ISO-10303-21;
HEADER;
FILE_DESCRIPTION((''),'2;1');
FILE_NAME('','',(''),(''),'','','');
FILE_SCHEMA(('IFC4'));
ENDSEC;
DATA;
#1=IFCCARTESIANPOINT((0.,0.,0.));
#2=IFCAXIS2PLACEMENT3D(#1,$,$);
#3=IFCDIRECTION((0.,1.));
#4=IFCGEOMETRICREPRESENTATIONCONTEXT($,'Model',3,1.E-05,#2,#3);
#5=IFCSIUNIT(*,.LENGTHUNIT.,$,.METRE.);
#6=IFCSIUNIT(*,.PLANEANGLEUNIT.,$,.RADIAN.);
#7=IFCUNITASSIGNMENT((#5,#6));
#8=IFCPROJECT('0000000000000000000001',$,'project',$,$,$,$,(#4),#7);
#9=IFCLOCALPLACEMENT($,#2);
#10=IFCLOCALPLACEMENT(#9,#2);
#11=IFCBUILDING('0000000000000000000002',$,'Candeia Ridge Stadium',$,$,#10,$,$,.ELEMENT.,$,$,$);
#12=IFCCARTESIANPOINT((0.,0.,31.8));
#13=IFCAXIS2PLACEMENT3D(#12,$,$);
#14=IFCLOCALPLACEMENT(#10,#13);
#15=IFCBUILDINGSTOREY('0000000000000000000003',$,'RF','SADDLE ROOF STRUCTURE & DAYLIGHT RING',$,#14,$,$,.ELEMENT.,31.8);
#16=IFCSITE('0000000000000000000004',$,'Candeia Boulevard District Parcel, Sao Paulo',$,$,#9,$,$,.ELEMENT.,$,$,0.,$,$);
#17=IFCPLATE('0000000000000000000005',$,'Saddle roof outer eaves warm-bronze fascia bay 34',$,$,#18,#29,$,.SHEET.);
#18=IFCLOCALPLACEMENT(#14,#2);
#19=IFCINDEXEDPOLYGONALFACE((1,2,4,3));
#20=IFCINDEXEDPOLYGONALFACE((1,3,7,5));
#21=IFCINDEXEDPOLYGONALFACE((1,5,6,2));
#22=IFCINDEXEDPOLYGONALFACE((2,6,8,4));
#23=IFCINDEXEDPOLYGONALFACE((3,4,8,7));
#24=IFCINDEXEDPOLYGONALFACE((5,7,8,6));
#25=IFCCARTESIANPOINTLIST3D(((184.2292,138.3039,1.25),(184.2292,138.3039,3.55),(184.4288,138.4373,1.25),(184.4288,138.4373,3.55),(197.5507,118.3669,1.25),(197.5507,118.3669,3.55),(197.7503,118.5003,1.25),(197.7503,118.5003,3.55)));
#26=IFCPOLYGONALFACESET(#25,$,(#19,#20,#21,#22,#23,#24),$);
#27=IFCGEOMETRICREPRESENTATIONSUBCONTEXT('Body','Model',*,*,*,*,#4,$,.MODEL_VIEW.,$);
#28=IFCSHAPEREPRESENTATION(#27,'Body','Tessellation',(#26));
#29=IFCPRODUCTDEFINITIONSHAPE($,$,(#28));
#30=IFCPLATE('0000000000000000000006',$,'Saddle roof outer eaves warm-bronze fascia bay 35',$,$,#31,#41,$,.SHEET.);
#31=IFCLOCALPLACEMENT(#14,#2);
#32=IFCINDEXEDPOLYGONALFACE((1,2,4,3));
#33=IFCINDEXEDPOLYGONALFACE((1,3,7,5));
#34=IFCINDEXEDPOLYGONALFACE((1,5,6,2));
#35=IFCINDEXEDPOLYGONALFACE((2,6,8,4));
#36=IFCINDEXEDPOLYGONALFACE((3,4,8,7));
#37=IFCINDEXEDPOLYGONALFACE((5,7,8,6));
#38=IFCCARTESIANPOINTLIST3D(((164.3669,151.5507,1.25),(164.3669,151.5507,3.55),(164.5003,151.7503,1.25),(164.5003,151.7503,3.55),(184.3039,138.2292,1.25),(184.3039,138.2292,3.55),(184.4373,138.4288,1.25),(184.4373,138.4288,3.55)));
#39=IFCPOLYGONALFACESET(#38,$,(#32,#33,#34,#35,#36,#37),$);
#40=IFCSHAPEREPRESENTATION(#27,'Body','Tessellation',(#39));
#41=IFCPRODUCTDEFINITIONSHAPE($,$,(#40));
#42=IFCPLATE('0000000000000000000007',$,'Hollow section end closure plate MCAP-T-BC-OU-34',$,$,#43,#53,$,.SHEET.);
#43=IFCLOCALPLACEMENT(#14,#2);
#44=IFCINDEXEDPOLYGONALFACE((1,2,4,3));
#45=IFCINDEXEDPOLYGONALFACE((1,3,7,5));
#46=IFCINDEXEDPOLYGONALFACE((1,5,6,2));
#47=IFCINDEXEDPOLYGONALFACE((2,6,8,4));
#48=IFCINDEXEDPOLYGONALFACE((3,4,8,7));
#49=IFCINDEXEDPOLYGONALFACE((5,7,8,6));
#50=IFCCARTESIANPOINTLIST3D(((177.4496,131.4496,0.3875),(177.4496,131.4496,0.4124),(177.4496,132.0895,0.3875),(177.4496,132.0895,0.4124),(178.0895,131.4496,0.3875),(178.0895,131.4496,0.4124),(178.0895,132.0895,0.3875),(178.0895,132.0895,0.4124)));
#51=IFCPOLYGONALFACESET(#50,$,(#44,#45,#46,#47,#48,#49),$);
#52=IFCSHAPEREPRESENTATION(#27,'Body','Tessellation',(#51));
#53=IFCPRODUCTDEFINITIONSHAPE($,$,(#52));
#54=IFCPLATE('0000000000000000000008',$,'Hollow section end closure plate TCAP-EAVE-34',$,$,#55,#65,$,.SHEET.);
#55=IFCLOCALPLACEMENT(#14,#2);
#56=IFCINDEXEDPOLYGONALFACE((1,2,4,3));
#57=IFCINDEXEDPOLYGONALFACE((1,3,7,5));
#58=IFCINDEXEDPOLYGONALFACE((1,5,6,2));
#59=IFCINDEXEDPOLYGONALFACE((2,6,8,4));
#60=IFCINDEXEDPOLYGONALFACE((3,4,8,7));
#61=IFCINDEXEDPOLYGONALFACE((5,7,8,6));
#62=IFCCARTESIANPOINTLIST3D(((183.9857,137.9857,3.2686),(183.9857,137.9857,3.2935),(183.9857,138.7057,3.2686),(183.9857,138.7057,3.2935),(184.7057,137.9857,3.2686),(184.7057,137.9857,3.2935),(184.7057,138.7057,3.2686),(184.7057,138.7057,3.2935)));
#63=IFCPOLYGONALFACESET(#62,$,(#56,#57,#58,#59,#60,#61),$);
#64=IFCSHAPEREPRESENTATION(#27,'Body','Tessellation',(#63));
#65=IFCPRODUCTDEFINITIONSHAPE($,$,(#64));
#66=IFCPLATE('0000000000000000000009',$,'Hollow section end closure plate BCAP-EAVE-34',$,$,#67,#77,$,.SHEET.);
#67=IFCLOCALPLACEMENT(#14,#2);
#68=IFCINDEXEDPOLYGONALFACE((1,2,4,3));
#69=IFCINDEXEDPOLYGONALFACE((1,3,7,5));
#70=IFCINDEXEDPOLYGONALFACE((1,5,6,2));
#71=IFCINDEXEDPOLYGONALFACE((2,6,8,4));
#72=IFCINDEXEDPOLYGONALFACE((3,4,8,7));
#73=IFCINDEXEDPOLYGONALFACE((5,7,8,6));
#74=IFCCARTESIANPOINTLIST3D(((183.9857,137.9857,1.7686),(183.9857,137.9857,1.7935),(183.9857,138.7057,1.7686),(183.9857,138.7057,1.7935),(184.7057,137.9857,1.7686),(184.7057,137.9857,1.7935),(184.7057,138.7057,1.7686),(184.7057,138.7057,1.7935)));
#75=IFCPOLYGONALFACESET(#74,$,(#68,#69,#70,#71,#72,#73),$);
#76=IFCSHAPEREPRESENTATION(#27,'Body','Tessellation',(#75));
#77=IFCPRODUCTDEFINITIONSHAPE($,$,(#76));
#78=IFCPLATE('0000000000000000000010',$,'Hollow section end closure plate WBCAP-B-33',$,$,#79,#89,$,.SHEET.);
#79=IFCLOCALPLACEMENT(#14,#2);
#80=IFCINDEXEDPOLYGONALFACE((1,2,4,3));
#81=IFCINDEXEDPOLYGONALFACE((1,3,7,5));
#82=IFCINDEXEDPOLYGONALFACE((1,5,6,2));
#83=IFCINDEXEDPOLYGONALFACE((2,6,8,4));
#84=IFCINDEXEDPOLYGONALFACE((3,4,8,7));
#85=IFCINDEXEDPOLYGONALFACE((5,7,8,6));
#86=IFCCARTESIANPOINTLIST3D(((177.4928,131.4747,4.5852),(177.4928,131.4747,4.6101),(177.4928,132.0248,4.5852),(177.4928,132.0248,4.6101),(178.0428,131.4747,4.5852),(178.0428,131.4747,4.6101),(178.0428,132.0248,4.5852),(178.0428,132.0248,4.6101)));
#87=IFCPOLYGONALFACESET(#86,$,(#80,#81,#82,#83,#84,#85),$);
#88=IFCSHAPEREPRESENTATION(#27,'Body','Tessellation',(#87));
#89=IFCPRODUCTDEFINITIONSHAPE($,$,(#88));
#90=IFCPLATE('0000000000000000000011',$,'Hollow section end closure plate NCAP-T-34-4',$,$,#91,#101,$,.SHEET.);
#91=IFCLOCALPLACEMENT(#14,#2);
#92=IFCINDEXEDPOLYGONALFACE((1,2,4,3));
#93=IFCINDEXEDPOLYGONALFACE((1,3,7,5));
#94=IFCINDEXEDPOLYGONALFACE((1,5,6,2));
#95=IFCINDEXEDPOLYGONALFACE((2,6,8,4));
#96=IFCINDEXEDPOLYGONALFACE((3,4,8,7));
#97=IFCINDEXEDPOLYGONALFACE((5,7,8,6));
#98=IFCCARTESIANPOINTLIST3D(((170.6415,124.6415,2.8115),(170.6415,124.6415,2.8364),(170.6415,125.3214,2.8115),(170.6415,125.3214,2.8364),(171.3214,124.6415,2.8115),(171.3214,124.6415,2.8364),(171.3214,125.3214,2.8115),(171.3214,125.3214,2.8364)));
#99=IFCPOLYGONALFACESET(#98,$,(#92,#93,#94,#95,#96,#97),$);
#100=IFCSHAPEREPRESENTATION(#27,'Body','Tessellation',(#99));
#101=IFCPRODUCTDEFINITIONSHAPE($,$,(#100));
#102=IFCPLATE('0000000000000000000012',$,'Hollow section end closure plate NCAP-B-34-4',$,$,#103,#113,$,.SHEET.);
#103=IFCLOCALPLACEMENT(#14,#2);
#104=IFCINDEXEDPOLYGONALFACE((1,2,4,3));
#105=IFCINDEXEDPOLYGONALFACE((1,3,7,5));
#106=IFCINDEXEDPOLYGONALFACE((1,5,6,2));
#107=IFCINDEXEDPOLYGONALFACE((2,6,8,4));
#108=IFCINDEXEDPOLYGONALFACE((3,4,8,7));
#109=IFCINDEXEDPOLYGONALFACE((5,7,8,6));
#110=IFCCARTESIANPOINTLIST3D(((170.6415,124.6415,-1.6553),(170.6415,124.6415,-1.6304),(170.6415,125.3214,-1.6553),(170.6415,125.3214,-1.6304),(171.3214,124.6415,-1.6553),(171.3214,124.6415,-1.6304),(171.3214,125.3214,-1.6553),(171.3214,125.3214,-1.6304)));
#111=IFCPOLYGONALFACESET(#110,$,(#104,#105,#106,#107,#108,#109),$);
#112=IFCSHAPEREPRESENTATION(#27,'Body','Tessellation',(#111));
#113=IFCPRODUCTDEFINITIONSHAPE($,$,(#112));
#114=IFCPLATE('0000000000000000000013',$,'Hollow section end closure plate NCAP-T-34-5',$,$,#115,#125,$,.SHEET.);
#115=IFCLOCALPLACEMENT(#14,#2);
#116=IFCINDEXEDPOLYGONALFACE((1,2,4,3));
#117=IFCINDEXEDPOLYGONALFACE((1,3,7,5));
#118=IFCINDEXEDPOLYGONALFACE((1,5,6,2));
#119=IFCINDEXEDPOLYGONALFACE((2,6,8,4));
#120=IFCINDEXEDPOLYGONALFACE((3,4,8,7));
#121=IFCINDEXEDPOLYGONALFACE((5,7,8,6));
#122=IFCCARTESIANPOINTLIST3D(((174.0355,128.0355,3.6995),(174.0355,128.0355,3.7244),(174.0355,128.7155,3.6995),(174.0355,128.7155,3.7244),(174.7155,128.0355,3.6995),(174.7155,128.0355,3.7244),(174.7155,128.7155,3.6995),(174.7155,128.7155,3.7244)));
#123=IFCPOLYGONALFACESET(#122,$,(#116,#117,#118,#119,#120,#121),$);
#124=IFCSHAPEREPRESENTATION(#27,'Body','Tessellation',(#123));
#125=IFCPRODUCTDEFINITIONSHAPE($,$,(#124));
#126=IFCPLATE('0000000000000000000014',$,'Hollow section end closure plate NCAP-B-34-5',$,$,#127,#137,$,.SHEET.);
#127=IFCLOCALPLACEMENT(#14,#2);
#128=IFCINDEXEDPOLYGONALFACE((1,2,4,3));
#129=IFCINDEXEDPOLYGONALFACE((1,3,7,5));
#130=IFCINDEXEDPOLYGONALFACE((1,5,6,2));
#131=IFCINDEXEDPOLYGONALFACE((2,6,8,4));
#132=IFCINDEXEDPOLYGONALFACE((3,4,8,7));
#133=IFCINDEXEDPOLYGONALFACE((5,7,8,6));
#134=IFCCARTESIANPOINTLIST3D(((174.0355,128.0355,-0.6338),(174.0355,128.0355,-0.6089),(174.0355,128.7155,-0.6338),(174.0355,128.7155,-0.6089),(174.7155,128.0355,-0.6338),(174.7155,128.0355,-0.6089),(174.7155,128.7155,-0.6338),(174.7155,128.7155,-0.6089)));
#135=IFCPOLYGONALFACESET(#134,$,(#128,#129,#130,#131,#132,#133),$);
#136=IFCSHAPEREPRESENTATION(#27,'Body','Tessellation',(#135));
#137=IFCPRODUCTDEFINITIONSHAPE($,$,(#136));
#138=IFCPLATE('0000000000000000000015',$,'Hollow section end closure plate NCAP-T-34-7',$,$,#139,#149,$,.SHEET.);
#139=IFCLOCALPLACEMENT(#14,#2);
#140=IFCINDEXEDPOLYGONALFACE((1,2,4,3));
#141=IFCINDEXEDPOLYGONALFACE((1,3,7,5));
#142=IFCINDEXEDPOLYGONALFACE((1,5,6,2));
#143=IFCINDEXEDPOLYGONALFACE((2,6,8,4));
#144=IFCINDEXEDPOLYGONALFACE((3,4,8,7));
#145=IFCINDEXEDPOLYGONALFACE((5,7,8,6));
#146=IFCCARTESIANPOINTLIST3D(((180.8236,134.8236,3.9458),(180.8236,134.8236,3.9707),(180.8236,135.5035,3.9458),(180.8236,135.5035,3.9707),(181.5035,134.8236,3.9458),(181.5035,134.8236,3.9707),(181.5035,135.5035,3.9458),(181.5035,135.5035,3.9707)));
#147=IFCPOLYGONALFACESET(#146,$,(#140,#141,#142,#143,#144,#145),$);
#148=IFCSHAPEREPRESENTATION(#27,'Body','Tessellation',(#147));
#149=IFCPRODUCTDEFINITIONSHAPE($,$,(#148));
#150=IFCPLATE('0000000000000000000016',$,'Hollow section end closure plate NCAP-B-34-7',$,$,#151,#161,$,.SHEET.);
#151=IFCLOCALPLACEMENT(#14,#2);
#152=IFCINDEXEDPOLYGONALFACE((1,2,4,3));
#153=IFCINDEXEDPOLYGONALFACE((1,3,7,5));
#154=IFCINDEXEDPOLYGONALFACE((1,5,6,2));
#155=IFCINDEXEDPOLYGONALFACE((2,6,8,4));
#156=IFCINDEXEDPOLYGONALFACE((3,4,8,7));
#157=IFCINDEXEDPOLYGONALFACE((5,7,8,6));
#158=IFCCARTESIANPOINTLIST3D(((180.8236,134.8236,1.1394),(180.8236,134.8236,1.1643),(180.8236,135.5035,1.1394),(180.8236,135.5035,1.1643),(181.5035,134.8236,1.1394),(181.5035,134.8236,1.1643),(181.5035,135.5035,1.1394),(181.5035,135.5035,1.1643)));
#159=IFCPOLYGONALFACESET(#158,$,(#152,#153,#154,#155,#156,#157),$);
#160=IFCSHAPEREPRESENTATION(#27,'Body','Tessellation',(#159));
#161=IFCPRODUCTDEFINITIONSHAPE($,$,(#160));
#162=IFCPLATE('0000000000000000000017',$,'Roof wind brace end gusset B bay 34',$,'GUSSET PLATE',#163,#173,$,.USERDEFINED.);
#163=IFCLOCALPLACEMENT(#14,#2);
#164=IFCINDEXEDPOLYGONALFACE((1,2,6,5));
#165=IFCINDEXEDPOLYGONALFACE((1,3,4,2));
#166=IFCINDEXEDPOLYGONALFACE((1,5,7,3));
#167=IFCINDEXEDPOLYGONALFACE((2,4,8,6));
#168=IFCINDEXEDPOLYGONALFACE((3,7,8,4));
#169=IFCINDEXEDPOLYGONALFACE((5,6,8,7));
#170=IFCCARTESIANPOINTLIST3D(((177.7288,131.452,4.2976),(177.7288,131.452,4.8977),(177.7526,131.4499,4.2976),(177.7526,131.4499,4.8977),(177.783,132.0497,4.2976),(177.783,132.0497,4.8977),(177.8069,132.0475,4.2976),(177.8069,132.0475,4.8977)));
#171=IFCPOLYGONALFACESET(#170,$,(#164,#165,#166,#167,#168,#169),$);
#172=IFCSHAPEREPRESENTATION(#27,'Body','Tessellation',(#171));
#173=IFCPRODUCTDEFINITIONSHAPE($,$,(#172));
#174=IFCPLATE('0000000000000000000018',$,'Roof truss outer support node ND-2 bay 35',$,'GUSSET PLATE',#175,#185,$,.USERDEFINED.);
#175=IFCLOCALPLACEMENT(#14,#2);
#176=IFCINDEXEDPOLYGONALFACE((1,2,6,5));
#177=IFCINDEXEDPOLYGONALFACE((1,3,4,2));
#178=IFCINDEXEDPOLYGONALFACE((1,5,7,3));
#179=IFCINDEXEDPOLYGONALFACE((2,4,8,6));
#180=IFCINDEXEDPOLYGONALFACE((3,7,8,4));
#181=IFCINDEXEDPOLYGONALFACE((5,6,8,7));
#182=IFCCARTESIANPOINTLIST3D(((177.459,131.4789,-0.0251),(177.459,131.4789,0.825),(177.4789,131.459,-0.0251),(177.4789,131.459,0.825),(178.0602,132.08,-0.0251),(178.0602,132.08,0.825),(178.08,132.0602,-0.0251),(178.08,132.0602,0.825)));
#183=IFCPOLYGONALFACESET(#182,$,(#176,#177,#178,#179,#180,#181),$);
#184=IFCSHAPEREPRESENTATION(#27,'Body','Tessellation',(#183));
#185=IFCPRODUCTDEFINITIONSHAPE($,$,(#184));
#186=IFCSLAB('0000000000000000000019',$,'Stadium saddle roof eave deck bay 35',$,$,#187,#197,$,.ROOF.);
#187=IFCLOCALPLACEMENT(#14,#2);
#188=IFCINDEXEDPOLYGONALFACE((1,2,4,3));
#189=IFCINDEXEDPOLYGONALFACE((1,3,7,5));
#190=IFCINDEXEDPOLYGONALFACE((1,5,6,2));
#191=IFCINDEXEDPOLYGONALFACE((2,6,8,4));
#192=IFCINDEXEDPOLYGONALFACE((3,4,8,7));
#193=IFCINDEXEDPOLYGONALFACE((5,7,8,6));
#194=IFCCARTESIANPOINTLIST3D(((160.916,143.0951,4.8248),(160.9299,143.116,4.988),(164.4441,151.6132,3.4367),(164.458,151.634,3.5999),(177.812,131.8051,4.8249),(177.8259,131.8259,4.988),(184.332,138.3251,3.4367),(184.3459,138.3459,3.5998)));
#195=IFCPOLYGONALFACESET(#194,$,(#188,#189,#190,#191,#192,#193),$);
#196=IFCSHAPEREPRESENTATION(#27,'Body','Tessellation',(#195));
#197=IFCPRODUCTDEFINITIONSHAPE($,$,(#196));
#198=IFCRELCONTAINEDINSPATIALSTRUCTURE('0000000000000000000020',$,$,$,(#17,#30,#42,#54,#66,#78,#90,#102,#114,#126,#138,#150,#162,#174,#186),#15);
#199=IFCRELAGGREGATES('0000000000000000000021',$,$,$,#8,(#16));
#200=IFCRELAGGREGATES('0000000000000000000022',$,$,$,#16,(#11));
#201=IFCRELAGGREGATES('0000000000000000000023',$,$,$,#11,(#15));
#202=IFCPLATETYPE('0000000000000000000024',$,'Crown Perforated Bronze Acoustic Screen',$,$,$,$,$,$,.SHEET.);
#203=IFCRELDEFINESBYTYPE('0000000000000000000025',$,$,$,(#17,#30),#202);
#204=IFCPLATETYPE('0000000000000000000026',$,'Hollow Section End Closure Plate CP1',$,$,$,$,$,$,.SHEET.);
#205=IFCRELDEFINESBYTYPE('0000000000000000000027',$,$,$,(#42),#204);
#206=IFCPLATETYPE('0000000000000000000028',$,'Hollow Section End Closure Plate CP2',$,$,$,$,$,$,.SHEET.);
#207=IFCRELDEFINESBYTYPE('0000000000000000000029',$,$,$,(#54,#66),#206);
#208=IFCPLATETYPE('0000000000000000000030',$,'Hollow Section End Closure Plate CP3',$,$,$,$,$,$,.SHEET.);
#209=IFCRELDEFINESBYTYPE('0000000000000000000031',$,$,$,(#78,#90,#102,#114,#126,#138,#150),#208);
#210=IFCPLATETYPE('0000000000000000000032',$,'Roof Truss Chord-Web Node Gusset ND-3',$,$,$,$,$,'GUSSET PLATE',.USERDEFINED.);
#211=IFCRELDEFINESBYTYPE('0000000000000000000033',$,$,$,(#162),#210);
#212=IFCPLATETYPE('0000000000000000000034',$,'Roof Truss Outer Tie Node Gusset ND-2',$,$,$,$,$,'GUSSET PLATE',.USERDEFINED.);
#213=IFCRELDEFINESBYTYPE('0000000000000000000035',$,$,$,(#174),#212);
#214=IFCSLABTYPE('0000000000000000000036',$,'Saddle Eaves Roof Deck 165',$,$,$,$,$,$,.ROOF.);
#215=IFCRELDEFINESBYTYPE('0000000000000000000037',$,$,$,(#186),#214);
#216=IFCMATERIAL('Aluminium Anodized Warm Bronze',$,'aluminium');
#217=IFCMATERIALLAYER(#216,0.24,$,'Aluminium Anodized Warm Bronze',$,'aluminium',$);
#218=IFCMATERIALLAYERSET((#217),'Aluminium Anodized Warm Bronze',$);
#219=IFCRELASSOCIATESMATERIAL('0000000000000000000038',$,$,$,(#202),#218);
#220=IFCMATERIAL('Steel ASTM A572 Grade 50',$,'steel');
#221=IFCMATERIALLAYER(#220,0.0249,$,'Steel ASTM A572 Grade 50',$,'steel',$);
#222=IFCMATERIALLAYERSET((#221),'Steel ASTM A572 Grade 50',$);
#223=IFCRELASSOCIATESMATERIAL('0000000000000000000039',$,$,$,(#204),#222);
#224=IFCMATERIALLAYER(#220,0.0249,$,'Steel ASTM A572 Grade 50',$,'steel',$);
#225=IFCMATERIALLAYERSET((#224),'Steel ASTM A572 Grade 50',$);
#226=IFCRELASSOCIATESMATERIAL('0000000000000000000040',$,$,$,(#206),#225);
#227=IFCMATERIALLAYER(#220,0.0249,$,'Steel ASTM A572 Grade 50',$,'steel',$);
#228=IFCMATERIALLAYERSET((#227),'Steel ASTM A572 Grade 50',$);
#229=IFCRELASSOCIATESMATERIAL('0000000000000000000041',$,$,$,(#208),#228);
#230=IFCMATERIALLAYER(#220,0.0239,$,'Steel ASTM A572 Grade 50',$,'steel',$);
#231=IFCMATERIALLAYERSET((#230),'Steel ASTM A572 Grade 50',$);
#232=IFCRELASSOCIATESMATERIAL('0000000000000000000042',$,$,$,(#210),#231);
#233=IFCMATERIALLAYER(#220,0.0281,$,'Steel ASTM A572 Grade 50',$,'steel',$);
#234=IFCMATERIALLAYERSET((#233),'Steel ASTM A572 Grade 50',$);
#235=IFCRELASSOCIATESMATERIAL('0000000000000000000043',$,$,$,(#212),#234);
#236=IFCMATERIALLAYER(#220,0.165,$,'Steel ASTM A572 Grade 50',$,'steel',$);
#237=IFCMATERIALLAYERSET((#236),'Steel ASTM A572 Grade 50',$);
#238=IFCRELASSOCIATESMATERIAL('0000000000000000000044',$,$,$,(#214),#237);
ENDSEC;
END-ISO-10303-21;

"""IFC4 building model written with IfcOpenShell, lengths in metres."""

from ifc_helpers import new_model, si_unit, direction, frame, origin, origin_2d, place, context, subcontext, project, spatial, polyline, rectangle, outline, extrude, material, layer, layer_set, type_object, element, save


model = new_model("IFC4")

# Units and contexts
model_context = context("Model", 3, precision=1e-05, world=origin(), true_north=direction((0.0, 1.0)))
body_context = subcontext(model_context, "Body", "Model", "MODEL_VIEW")
ifc_project = project(units=[si_unit("LENGTHUNIT", "METRE"), si_unit("PLANEANGLEUNIT", "RADIAN")], contexts=[model_context])

# Site, building, storey
site_placement = place(None, origin())
site = spatial("IfcSite", under=ifc_project, at=site_placement, Name="Candeia Boulevard District Parcel, Sao Paulo", CompositionType="ELEMENT", RefElevation=0.0)
building_placement = place(site_placement, origin())
building = spatial("IfcBuilding", under=site, at=building_placement, Name="Candeia Ridge Stadium", CompositionType="ELEMENT")
storey_placement = place(building_placement, frame((0.0, 0.0, 31.8)))
storey = spatial("IfcBuildingStorey", under=building, at=storey_placement, Name="RF", Description="SADDLE ROOF STRUCTURE & DAYLIGHT RING", CompositionType="ELEMENT", Elevation=31.8)

# Shared definitions
ifc_material_1 = material(Name="Steel ASTM A572 Grade 50", Category="steel")

# Plates
ifc_material_2 = material(Name="Aluminium Anodized Warm Bronze", Category="aluminium")
ifc_layer_1 = layer(ifc_material_2, 0.24, Name="Aluminium Anodized Warm Bronze", Category="aluminium")
ifc_layer_set_1 = layer_set([ifc_layer_1], Name="Aluminium Anodized Warm Bronze")
plate_type_1 = type_object("IfcPlateType", Name="Crown Perforated Bronze Acoustic Screen", PredefinedType="SHEET", material=ifc_layer_set_1)
for number, where, z_axis, x_axis, name in (
    (1, (190.9897, 128.4021, 1.25), (0.0, 0.0, 1.0), (-0.55557, 0.83147, 0.0), "Saddle roof outer eaves warm-bronze fascia bay 34"),
    (2, (174.4021, 144.9897, 1.25), (0.0, 0.0, 1.0), (-0.83147, 0.55557, 0.0), "Saddle roof outer eaves warm-bronze fascia bay 35"),
):
    element("IfcPlate", number, at=place(storey_placement, frame(where, z_axis=z_axis, x_axis=x_axis)), inside=storey, type_object=plate_type_1, Name=name, PredefinedType="SHEET", context=body_context, shape_type="SweptSolid", body=[
        extrude(rectangle(XDim=23.978, YDim=0.24, at=origin_2d()), origin(), (0.0, 0.0, 1.0), 2.3),
    ])
ifc_layer_2 = layer(ifc_material_1, 0.0249, Name="Steel ASTM A572 Grade 50", Category="steel")
ifc_layer_set_2 = layer_set([ifc_layer_2], Name="Steel ASTM A572 Grade 50")
plate_type_2 = type_object("IfcPlateType", Name="Hollow Section End Closure Plate CP1", PredefinedType="SHEET", material=ifc_layer_set_2)
plate_1_placement = place(storey_placement, frame((177.7695, 131.7695, 0.3875), z_axis=(0.0, 0.0, 1.0), x_axis=(1.0, 0.0, 0.0)))
element("IfcPlate", 3, at=plate_1_placement, inside=storey, type_object=plate_type_2, Name="Hollow section end closure plate MCAP-T-BC-OU-34", PredefinedType="SHEET", context=body_context, shape_type="SweptSolid", body=[
    extrude(rectangle(XDim=0.6399, YDim=0.6399, at=origin_2d()), origin(), (0.0, 0.0, 1.0), 0.0249),
])
ifc_layer_3 = layer(ifc_material_1, 0.0249, Name="Steel ASTM A572 Grade 50", Category="steel")
ifc_layer_set_3 = layer_set([ifc_layer_3], Name="Steel ASTM A572 Grade 50")
plate_type_3 = type_object("IfcPlateType", Name="Hollow Section End Closure Plate CP2", PredefinedType="SHEET", material=ifc_layer_set_3)
for number, where, z_axis, x_axis, name in (
    (4, (184.3457, 138.3457, 3.2686), (0.0, 0.0, 1.0), (1.0, 0.0, 0.0), "Hollow section end closure plate TCAP-EAVE-34"),
    (5, (184.3457, 138.3457, 1.7686), (0.0, 0.0, 1.0), (1.0, 0.0, 0.0), "Hollow section end closure plate BCAP-EAVE-34"),
):
    element("IfcPlate", number, at=place(storey_placement, frame(where, z_axis=z_axis, x_axis=x_axis)), inside=storey, type_object=plate_type_3, Name=name, PredefinedType="SHEET", context=body_context, shape_type="SweptSolid", body=[
        extrude(rectangle(XDim=0.72, YDim=0.72, at=origin_2d()), origin(), (0.0, 0.0, 1.0), 0.0249),
    ])
ifc_layer_4 = layer(ifc_material_1, 0.0249, Name="Steel ASTM A572 Grade 50", Category="steel")
ifc_layer_set_4 = layer_set([ifc_layer_4], Name="Steel ASTM A572 Grade 50")
plate_type_4 = type_object("IfcPlateType", Name="Hollow Section End Closure Plate CP3", PredefinedType="SHEET", material=ifc_layer_set_4)
plate_2_placement = place(storey_placement, frame((177.7678, 131.7498, 4.5852), z_axis=(0.0, 0.0, 1.0), x_axis=(1.0, 0.0, 0.0)))
element("IfcPlate", 6, at=plate_2_placement, inside=storey, type_object=plate_type_4, Name="Hollow section end closure plate WBCAP-B-33", PredefinedType="SHEET", context=body_context, shape_type="SweptSolid", body=[
    extrude(rectangle(XDim=0.55, YDim=0.55, at=origin_2d()), origin(), (0.0, 0.0, 1.0), 0.0249),
])
for number, where, z_axis, x_axis, name in (
    (7, (170.9814, 124.9814, 2.8115), (0.0, 0.0, 1.0), (1.0, 0.0, 0.0), "Hollow section end closure plate NCAP-T-34-4"),
    (8, (170.9814, 124.9814, -1.6553), (0.0, 0.0, 1.0), (1.0, 0.0, 0.0), "Hollow section end closure plate NCAP-B-34-4"),
    (9, (174.3755, 128.3755, 3.6995), (0.0, 0.0, 1.0), (1.0, 0.0, 0.0), "Hollow section end closure plate NCAP-T-34-5"),
    (10, (174.3755, 128.3755, -0.6338), (0.0, 0.0, 1.0), (1.0, 0.0, 0.0), "Hollow section end closure plate NCAP-B-34-5"),
    (11, (181.1636, 135.1636, 3.9458), (0.0, 0.0, 1.0), (1.0, 0.0, 0.0), "Hollow section end closure plate NCAP-T-34-7"),
    (12, (181.1636, 135.1636, 1.1394), (0.0, 0.0, 1.0), (1.0, 0.0, 0.0), "Hollow section end closure plate NCAP-B-34-7"),
):
    element("IfcPlate", number, at=place(storey_placement, frame(where, z_axis=z_axis, x_axis=x_axis)), inside=storey, type_object=plate_type_4, Name=name, PredefinedType="SHEET", context=body_context, shape_type="SweptSolid", body=[
        extrude(rectangle(XDim=0.6799, YDim=0.6799, at=origin_2d()), origin(), (0.0, 0.0, 1.0), 0.0249),
    ])
ifc_layer_5 = layer(ifc_material_1, 0.0239, Name="Steel ASTM A572 Grade 50", Category="steel")
ifc_layer_set_5 = layer_set([ifc_layer_5], Name="Steel ASTM A572 Grade 50")
plate_type_5 = type_object("IfcPlateType", Name="Roof Truss Chord-Web Node Gusset ND-3", ElementType="GUSSET PLATE", PredefinedType="USERDEFINED", material=ifc_layer_set_5)
plate_3_placement = place(storey_placement, frame((177.7678, 131.7498, 4.2976), z_axis=(0.0, 0.0, 1.0), x_axis=(0.090407, 0.995905, 0.0)))
element("IfcPlate", 13, at=plate_3_placement, inside=storey, type_object=plate_type_5, Name="Roof wind brace end gusset B bay 34", ObjectType="GUSSET PLATE", PredefinedType="USERDEFINED", context=body_context, shape_type="SweptSolid", body=[
    extrude(rectangle(XDim=0.6001, YDim=0.0239, at=origin_2d()), origin(), (0.0, 0.0, 1.0), 0.6001),
])
ifc_layer_6 = layer(ifc_material_1, 0.0281, Name="Steel ASTM A572 Grade 50", Category="steel")
ifc_layer_set_6 = layer_set([ifc_layer_6], Name="Steel ASTM A572 Grade 50")
plate_type_6 = type_object("IfcPlateType", Name="Roof Truss Outer Tie Node Gusset ND-2", ElementType="GUSSET PLATE", PredefinedType="USERDEFINED", material=ifc_layer_set_6)
plate_4_placement = place(storey_placement, frame((177.7695, 131.7695, -0.0251), z_axis=(0.0, 0.0, 1.0), x_axis=(0.707107, 0.707107, 0.0)))
element("IfcPlate", 14, at=plate_4_placement, inside=storey, type_object=plate_type_6, Name="Roof truss outer support node ND-2 bay 35", ObjectType="GUSSET PLATE", PredefinedType="USERDEFINED", context=body_context, shape_type="SweptSolid", body=[
    extrude(rectangle(XDim=0.8501, YDim=0.0281, at=origin_2d()), origin(), (0.0, 0.0, 1.0), 0.8501),
])

# Slab
ifc_layer_7 = layer(ifc_material_1, 0.165, Name="Steel ASTM A572 Grade 50", Category="steel")
ifc_layer_set_7 = layer_set([ifc_layer_7], Name="Steel ASTM A572 Grade 50")
slab_type = type_object("IfcSlabType", Name="Saddle Eaves Roof Deck 165", PredefinedType="ROOF", material=ifc_layer_set_7)
slab_placement = place(storey_placement, frame((177.8259, 131.8259, 4.988), z_axis=(0.084297, 0.12616, 0.988422), x_axis=(-0.831459, 0.555587, -0.000003)))
element("IfcSlab", 15, at=slab_placement, inside=storey, type_object=slab_type, Name="Stadium saddle roof eave deck bay 35", PredefinedType="ROOF", context=body_context, shape_type="SweptSolid", body=[
    extrude(outline(polyline([(0.0, 0.0), (20.3209, 0.0), (22.12, -9.1485), (-1.7987, -9.1495), (0.0, 0.0)])), origin(), (0.0, 0.0, -1.0), 0.165),
])

save(model, "model.ifc")
